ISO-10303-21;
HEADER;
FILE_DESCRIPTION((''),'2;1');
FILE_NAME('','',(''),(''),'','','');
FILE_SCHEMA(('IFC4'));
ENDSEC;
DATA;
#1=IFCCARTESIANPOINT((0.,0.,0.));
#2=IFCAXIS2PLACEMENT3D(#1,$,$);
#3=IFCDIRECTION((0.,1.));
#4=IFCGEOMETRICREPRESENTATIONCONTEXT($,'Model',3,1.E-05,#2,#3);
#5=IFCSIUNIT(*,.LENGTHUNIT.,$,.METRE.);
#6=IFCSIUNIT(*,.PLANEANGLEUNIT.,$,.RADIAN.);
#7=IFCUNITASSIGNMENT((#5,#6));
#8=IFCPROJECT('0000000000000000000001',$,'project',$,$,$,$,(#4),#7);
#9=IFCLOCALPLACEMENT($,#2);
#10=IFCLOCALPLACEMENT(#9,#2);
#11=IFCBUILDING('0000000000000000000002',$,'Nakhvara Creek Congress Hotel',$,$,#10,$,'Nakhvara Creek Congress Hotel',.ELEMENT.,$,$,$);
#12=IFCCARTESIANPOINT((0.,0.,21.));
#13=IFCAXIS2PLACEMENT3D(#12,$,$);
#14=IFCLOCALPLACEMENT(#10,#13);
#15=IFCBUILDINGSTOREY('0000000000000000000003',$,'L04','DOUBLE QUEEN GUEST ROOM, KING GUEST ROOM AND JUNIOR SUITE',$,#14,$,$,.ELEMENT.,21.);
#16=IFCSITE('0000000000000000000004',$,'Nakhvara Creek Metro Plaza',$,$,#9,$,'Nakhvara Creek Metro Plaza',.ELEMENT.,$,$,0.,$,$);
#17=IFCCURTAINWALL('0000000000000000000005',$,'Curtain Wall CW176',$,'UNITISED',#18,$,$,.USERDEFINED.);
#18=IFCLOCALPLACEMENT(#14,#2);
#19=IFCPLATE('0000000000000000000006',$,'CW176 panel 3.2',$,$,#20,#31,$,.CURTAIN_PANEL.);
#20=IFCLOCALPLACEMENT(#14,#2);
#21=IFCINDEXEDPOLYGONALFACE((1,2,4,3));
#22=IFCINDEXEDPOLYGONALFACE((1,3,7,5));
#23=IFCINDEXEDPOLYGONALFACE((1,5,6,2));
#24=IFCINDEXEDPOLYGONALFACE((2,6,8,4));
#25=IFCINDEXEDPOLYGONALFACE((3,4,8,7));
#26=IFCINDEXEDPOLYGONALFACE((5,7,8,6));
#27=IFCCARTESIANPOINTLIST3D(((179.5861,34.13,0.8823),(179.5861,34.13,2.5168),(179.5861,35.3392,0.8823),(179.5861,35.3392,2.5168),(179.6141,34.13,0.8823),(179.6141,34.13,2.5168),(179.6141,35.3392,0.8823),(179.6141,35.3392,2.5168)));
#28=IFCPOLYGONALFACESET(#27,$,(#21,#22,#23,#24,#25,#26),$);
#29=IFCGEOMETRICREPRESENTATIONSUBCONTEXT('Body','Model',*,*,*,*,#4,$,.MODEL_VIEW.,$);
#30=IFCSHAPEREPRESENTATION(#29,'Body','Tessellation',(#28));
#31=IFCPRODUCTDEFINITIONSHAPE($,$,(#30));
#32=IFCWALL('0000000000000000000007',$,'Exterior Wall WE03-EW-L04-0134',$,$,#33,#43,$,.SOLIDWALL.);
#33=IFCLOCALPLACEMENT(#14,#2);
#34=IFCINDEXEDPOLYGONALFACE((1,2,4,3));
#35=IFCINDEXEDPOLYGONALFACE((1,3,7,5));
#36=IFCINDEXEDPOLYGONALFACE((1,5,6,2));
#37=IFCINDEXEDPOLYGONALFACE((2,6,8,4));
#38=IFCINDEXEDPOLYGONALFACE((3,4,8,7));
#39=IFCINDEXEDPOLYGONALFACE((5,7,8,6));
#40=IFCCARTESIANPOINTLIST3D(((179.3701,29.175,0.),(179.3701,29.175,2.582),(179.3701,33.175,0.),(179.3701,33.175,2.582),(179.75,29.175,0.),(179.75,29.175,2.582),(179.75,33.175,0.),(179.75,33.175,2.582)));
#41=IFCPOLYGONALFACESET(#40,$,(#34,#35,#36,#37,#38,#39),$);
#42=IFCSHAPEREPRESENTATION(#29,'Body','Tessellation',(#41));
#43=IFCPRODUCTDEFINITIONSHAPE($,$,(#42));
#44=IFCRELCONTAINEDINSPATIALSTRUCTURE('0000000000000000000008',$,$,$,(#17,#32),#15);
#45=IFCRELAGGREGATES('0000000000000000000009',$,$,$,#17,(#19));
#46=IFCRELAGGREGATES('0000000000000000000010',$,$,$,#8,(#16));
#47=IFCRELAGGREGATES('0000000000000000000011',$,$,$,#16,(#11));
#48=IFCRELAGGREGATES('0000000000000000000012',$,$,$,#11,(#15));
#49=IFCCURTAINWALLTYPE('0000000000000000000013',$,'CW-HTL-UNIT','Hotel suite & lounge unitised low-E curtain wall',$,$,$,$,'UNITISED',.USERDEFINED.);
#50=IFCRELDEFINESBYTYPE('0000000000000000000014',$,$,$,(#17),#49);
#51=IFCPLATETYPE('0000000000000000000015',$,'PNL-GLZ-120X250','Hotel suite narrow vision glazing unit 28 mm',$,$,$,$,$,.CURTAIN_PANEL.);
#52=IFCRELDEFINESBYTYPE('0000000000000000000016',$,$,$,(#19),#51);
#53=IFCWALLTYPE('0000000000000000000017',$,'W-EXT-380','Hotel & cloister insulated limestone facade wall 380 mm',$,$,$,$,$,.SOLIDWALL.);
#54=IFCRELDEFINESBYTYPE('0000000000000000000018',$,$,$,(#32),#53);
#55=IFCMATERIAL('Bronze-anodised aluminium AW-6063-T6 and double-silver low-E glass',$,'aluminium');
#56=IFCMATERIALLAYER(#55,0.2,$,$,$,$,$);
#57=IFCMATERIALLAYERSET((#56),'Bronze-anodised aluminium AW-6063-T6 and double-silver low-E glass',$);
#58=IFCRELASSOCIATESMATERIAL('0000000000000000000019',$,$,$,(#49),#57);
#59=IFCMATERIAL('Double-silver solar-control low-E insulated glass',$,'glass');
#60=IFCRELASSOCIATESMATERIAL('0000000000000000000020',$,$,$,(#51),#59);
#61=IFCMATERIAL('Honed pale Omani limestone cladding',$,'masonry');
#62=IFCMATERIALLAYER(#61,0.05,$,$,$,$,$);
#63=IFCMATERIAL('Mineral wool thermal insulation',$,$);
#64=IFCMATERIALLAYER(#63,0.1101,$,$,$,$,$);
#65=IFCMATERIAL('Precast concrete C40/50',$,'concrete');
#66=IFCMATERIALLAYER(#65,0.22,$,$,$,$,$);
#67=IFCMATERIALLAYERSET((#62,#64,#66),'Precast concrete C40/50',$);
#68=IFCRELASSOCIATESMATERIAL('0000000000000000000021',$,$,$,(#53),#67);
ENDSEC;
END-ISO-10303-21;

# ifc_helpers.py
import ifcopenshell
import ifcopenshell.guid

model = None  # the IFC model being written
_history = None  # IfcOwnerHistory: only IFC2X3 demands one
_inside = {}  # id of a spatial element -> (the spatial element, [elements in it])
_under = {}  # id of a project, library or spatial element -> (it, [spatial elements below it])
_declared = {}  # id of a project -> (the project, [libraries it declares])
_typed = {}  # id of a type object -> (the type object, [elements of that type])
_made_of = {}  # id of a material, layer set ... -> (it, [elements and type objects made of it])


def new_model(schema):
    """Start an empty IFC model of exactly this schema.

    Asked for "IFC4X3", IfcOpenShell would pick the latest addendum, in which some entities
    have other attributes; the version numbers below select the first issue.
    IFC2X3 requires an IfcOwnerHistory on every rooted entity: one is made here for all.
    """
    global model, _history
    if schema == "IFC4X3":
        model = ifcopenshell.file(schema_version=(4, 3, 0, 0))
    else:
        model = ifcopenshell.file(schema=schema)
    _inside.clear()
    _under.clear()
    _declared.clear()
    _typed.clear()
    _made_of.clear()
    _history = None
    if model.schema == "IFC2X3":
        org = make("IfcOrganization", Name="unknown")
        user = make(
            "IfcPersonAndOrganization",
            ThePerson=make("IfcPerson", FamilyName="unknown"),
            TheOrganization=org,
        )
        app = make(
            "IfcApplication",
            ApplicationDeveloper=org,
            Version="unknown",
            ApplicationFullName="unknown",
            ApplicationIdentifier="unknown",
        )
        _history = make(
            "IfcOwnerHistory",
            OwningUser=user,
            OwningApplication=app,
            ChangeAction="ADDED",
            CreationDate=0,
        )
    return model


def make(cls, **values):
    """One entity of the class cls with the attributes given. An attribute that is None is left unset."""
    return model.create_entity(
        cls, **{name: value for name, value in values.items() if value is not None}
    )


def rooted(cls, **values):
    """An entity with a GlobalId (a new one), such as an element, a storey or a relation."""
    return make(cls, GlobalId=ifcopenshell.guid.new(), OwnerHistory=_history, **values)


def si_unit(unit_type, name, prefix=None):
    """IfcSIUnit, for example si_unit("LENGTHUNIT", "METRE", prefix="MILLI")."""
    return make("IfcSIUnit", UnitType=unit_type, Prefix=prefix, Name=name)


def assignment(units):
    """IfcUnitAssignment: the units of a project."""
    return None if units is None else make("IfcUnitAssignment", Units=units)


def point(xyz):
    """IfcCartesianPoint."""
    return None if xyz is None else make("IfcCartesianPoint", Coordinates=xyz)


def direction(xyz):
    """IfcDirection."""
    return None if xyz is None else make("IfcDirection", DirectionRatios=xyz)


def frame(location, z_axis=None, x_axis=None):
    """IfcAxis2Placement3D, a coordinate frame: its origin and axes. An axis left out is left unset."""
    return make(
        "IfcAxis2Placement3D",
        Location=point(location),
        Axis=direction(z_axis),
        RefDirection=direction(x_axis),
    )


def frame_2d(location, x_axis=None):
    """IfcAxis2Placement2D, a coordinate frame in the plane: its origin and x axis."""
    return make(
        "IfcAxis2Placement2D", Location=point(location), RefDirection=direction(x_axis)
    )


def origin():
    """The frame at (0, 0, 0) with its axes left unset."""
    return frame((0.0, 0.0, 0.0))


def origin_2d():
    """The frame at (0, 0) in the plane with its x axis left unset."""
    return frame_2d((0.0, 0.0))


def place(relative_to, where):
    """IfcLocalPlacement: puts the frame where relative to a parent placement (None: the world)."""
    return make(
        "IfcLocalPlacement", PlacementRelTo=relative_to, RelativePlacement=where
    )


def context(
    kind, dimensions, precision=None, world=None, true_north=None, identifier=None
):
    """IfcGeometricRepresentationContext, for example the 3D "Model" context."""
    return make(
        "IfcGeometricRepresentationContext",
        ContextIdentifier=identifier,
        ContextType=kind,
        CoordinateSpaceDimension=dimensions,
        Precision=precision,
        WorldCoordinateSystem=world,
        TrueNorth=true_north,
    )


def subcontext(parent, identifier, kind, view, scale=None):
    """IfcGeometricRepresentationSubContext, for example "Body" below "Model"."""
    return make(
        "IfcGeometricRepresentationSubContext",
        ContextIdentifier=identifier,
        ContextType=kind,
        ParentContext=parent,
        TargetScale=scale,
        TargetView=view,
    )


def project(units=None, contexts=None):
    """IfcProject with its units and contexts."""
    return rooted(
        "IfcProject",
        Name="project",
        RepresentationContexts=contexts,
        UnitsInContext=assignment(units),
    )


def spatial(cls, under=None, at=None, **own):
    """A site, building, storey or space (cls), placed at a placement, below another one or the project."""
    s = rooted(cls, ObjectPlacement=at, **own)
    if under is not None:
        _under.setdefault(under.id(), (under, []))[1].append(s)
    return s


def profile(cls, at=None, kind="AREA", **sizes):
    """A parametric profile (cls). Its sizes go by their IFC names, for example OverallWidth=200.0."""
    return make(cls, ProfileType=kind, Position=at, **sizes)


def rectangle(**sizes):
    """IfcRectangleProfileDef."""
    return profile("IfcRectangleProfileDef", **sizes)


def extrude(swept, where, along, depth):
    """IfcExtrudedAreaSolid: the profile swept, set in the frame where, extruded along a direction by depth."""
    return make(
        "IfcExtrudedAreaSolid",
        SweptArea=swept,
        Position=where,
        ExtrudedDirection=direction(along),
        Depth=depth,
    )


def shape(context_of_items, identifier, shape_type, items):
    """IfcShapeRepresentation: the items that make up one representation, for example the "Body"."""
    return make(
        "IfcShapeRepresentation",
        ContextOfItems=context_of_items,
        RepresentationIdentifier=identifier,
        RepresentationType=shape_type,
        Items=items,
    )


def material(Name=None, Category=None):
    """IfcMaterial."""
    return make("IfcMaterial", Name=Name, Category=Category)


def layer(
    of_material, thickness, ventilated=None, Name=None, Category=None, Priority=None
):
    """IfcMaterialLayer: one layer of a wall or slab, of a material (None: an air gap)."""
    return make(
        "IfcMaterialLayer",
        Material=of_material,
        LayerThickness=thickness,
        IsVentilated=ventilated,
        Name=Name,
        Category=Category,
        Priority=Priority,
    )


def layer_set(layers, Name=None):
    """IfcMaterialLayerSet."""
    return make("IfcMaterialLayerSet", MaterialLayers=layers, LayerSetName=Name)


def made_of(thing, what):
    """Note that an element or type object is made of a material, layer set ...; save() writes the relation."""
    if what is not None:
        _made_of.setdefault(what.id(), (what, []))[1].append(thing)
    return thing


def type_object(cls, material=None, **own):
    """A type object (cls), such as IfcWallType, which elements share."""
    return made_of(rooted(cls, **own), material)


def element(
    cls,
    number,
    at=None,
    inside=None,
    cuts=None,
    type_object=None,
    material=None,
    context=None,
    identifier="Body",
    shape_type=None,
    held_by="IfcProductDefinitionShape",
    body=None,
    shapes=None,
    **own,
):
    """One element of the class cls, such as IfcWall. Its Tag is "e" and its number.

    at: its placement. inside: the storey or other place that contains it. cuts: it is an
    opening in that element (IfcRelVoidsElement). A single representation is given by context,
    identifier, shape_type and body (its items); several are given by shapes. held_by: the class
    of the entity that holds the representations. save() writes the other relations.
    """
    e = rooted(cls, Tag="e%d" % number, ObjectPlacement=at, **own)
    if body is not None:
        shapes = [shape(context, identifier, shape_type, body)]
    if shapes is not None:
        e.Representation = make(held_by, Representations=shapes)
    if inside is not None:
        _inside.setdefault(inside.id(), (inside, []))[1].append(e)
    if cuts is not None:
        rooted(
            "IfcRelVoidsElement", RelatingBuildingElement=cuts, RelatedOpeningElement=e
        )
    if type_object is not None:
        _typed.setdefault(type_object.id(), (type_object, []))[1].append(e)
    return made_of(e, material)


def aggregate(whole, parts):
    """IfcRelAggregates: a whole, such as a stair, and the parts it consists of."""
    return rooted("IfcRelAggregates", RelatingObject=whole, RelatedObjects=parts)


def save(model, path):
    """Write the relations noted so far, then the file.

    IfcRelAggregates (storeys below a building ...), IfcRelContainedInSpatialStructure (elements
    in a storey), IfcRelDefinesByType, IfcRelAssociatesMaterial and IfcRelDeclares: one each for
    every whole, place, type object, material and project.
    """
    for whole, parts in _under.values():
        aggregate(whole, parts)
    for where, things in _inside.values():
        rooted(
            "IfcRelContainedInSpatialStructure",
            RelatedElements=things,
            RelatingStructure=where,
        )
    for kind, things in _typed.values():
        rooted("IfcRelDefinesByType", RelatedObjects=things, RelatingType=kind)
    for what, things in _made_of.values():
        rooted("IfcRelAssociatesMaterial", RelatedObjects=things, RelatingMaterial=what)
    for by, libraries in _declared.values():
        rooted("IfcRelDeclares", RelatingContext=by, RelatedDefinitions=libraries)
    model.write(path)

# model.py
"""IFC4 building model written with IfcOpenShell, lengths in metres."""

from ifc_helpers import new_model, si_unit, direction, frame, frame_2d, origin, origin_2d, place, context, subcontext, project, spatial, rectangle, extrude, material, layer, layer_set, type_object, element, aggregate, save


model = new_model("IFC4")

# Units and contexts
model_context = context("Model", 3, precision=1e-05, world=origin(), true_north=direction((0.0, 1.0)))
body_context = subcontext(model_context, "Body", "Model", "MODEL_VIEW")
ifc_project = project(units=[si_unit("LENGTHUNIT", "METRE"), si_unit("PLANEANGLEUNIT", "RADIAN")], contexts=[model_context])

# Site, building, storey
site_placement = place(None, origin())
site = spatial("IfcSite", under=ifc_project, at=site_placement, Name="Nakhvara Creek Metro Plaza", LongName="Nakhvara Creek Metro Plaza", CompositionType="ELEMENT", RefElevation=0.0)
building_placement = place(site_placement, origin())
building = spatial("IfcBuilding", under=site, at=building_placement, Name="Nakhvara Creek Congress Hotel", LongName="Nakhvara Creek Congress Hotel", CompositionType="ELEMENT")
storey_placement = place(building_placement, frame((0.0, 0.0, 21.0)))
storey = spatial("IfcBuildingStorey", under=building, at=storey_placement, Name="L04", Description="DOUBLE QUEEN GUEST ROOM, KING GUEST ROOM AND JUNIOR SUITE", CompositionType="ELEMENT", Elevation=21.0)

# Shared definitions
ifc_material_1 = material(Name="Bronze-anodised aluminium AW-6063-T6 and double-silver low-E glass", Category="aluminium")
ifc_layer_1 = layer(ifc_material_1, 0.2)
ifc_layer_set_1 = layer_set([ifc_layer_1], Name="Bronze-anodised aluminium AW-6063-T6 and double-silver low-E glass")
curtain_wall_type = type_object("IfcCurtainWallType", Name="CW-HTL-UNIT", Description="Hotel suite & lounge unitised low-E curtain wall", ElementType="UNITISED", PredefinedType="USERDEFINED", material=ifc_layer_set_1)

# Curtain wall
curtain_wall_1_placement = place(storey_placement, origin())
curtain_wall_1 = element("IfcCurtainWall", 1, at=curtain_wall_1_placement, inside=storey, type_object=curtain_wall_type, Name="Curtain Wall CW176", ObjectType="UNITISED", PredefinedType="USERDEFINED")

# Plate
ifc_material_2 = material(Name="Double-silver solar-control low-E insulated glass", Category="glass")
plate_type = type_object("IfcPlateType", Name="PNL-GLZ-120X250", Description="Hotel suite narrow vision glazing unit 28 mm", PredefinedType="CURTAIN_PANEL", material=ifc_material_2)
plate_1_placement = place(storey_placement, frame((179.6001, 34.7346, 0.8823), z_axis=(0.0, 0.0, 1.0), x_axis=(0.0, -1.0, 0.0)))
plate_1 = element("IfcPlate", 2, at=plate_1_placement, type_object=plate_type, Name="CW176 panel 3.2", PredefinedType="CURTAIN_PANEL", context=body_context, shape_type="SweptSolid", body=[
    extrude(rectangle(XDim=1.2092, YDim=0.0281, at=origin_2d()), origin(), (0.0, 0.0, 1.0), 1.6345),
])
aggregate(curtain_wall_1, [plate_1])

# Wall
ifc_material_3 = material(Name="Honed pale Omani limestone cladding", Category="masonry")
ifc_layer_2 = layer(ifc_material_3, 0.05)
ifc_material_4 = material(Name="Mineral wool thermal insulation")
ifc_layer_3 = layer(ifc_material_4, 0.1101)
ifc_material_5 = material(Name="Precast concrete C40/50", Category="concrete")
ifc_layer_4 = layer(ifc_material_5, 0.22)
ifc_layer_set_2 = layer_set([ifc_layer_2, ifc_layer_3, ifc_layer_4], Name="Precast concrete C40/50")
wall_type = type_object("IfcWallType", Name="W-EXT-380", Description="Hotel & cloister insulated limestone facade wall 380 mm", PredefinedType="SOLIDWALL", material=ifc_layer_set_2)
wall_placement = place(storey_placement, frame((179.5601, 33.175, 0.0), z_axis=(0.0, 0.0, 1.0), x_axis=(0.0, -1.0, 0.0)))
element("IfcWall", 3, at=wall_placement, inside=storey, type_object=wall_type, Name="Exterior Wall WE03-EW-L04-0134", PredefinedType="SOLIDWALL", context=body_context, shape_type="SweptSolid", body=[
    extrude(rectangle(XDim=4.0, YDim=0.3799, at=frame_2d((2.0, 0.0))), origin(), (0.0, 0.0, 1.0), 2.582),
])

save(model, "model.ifc")
